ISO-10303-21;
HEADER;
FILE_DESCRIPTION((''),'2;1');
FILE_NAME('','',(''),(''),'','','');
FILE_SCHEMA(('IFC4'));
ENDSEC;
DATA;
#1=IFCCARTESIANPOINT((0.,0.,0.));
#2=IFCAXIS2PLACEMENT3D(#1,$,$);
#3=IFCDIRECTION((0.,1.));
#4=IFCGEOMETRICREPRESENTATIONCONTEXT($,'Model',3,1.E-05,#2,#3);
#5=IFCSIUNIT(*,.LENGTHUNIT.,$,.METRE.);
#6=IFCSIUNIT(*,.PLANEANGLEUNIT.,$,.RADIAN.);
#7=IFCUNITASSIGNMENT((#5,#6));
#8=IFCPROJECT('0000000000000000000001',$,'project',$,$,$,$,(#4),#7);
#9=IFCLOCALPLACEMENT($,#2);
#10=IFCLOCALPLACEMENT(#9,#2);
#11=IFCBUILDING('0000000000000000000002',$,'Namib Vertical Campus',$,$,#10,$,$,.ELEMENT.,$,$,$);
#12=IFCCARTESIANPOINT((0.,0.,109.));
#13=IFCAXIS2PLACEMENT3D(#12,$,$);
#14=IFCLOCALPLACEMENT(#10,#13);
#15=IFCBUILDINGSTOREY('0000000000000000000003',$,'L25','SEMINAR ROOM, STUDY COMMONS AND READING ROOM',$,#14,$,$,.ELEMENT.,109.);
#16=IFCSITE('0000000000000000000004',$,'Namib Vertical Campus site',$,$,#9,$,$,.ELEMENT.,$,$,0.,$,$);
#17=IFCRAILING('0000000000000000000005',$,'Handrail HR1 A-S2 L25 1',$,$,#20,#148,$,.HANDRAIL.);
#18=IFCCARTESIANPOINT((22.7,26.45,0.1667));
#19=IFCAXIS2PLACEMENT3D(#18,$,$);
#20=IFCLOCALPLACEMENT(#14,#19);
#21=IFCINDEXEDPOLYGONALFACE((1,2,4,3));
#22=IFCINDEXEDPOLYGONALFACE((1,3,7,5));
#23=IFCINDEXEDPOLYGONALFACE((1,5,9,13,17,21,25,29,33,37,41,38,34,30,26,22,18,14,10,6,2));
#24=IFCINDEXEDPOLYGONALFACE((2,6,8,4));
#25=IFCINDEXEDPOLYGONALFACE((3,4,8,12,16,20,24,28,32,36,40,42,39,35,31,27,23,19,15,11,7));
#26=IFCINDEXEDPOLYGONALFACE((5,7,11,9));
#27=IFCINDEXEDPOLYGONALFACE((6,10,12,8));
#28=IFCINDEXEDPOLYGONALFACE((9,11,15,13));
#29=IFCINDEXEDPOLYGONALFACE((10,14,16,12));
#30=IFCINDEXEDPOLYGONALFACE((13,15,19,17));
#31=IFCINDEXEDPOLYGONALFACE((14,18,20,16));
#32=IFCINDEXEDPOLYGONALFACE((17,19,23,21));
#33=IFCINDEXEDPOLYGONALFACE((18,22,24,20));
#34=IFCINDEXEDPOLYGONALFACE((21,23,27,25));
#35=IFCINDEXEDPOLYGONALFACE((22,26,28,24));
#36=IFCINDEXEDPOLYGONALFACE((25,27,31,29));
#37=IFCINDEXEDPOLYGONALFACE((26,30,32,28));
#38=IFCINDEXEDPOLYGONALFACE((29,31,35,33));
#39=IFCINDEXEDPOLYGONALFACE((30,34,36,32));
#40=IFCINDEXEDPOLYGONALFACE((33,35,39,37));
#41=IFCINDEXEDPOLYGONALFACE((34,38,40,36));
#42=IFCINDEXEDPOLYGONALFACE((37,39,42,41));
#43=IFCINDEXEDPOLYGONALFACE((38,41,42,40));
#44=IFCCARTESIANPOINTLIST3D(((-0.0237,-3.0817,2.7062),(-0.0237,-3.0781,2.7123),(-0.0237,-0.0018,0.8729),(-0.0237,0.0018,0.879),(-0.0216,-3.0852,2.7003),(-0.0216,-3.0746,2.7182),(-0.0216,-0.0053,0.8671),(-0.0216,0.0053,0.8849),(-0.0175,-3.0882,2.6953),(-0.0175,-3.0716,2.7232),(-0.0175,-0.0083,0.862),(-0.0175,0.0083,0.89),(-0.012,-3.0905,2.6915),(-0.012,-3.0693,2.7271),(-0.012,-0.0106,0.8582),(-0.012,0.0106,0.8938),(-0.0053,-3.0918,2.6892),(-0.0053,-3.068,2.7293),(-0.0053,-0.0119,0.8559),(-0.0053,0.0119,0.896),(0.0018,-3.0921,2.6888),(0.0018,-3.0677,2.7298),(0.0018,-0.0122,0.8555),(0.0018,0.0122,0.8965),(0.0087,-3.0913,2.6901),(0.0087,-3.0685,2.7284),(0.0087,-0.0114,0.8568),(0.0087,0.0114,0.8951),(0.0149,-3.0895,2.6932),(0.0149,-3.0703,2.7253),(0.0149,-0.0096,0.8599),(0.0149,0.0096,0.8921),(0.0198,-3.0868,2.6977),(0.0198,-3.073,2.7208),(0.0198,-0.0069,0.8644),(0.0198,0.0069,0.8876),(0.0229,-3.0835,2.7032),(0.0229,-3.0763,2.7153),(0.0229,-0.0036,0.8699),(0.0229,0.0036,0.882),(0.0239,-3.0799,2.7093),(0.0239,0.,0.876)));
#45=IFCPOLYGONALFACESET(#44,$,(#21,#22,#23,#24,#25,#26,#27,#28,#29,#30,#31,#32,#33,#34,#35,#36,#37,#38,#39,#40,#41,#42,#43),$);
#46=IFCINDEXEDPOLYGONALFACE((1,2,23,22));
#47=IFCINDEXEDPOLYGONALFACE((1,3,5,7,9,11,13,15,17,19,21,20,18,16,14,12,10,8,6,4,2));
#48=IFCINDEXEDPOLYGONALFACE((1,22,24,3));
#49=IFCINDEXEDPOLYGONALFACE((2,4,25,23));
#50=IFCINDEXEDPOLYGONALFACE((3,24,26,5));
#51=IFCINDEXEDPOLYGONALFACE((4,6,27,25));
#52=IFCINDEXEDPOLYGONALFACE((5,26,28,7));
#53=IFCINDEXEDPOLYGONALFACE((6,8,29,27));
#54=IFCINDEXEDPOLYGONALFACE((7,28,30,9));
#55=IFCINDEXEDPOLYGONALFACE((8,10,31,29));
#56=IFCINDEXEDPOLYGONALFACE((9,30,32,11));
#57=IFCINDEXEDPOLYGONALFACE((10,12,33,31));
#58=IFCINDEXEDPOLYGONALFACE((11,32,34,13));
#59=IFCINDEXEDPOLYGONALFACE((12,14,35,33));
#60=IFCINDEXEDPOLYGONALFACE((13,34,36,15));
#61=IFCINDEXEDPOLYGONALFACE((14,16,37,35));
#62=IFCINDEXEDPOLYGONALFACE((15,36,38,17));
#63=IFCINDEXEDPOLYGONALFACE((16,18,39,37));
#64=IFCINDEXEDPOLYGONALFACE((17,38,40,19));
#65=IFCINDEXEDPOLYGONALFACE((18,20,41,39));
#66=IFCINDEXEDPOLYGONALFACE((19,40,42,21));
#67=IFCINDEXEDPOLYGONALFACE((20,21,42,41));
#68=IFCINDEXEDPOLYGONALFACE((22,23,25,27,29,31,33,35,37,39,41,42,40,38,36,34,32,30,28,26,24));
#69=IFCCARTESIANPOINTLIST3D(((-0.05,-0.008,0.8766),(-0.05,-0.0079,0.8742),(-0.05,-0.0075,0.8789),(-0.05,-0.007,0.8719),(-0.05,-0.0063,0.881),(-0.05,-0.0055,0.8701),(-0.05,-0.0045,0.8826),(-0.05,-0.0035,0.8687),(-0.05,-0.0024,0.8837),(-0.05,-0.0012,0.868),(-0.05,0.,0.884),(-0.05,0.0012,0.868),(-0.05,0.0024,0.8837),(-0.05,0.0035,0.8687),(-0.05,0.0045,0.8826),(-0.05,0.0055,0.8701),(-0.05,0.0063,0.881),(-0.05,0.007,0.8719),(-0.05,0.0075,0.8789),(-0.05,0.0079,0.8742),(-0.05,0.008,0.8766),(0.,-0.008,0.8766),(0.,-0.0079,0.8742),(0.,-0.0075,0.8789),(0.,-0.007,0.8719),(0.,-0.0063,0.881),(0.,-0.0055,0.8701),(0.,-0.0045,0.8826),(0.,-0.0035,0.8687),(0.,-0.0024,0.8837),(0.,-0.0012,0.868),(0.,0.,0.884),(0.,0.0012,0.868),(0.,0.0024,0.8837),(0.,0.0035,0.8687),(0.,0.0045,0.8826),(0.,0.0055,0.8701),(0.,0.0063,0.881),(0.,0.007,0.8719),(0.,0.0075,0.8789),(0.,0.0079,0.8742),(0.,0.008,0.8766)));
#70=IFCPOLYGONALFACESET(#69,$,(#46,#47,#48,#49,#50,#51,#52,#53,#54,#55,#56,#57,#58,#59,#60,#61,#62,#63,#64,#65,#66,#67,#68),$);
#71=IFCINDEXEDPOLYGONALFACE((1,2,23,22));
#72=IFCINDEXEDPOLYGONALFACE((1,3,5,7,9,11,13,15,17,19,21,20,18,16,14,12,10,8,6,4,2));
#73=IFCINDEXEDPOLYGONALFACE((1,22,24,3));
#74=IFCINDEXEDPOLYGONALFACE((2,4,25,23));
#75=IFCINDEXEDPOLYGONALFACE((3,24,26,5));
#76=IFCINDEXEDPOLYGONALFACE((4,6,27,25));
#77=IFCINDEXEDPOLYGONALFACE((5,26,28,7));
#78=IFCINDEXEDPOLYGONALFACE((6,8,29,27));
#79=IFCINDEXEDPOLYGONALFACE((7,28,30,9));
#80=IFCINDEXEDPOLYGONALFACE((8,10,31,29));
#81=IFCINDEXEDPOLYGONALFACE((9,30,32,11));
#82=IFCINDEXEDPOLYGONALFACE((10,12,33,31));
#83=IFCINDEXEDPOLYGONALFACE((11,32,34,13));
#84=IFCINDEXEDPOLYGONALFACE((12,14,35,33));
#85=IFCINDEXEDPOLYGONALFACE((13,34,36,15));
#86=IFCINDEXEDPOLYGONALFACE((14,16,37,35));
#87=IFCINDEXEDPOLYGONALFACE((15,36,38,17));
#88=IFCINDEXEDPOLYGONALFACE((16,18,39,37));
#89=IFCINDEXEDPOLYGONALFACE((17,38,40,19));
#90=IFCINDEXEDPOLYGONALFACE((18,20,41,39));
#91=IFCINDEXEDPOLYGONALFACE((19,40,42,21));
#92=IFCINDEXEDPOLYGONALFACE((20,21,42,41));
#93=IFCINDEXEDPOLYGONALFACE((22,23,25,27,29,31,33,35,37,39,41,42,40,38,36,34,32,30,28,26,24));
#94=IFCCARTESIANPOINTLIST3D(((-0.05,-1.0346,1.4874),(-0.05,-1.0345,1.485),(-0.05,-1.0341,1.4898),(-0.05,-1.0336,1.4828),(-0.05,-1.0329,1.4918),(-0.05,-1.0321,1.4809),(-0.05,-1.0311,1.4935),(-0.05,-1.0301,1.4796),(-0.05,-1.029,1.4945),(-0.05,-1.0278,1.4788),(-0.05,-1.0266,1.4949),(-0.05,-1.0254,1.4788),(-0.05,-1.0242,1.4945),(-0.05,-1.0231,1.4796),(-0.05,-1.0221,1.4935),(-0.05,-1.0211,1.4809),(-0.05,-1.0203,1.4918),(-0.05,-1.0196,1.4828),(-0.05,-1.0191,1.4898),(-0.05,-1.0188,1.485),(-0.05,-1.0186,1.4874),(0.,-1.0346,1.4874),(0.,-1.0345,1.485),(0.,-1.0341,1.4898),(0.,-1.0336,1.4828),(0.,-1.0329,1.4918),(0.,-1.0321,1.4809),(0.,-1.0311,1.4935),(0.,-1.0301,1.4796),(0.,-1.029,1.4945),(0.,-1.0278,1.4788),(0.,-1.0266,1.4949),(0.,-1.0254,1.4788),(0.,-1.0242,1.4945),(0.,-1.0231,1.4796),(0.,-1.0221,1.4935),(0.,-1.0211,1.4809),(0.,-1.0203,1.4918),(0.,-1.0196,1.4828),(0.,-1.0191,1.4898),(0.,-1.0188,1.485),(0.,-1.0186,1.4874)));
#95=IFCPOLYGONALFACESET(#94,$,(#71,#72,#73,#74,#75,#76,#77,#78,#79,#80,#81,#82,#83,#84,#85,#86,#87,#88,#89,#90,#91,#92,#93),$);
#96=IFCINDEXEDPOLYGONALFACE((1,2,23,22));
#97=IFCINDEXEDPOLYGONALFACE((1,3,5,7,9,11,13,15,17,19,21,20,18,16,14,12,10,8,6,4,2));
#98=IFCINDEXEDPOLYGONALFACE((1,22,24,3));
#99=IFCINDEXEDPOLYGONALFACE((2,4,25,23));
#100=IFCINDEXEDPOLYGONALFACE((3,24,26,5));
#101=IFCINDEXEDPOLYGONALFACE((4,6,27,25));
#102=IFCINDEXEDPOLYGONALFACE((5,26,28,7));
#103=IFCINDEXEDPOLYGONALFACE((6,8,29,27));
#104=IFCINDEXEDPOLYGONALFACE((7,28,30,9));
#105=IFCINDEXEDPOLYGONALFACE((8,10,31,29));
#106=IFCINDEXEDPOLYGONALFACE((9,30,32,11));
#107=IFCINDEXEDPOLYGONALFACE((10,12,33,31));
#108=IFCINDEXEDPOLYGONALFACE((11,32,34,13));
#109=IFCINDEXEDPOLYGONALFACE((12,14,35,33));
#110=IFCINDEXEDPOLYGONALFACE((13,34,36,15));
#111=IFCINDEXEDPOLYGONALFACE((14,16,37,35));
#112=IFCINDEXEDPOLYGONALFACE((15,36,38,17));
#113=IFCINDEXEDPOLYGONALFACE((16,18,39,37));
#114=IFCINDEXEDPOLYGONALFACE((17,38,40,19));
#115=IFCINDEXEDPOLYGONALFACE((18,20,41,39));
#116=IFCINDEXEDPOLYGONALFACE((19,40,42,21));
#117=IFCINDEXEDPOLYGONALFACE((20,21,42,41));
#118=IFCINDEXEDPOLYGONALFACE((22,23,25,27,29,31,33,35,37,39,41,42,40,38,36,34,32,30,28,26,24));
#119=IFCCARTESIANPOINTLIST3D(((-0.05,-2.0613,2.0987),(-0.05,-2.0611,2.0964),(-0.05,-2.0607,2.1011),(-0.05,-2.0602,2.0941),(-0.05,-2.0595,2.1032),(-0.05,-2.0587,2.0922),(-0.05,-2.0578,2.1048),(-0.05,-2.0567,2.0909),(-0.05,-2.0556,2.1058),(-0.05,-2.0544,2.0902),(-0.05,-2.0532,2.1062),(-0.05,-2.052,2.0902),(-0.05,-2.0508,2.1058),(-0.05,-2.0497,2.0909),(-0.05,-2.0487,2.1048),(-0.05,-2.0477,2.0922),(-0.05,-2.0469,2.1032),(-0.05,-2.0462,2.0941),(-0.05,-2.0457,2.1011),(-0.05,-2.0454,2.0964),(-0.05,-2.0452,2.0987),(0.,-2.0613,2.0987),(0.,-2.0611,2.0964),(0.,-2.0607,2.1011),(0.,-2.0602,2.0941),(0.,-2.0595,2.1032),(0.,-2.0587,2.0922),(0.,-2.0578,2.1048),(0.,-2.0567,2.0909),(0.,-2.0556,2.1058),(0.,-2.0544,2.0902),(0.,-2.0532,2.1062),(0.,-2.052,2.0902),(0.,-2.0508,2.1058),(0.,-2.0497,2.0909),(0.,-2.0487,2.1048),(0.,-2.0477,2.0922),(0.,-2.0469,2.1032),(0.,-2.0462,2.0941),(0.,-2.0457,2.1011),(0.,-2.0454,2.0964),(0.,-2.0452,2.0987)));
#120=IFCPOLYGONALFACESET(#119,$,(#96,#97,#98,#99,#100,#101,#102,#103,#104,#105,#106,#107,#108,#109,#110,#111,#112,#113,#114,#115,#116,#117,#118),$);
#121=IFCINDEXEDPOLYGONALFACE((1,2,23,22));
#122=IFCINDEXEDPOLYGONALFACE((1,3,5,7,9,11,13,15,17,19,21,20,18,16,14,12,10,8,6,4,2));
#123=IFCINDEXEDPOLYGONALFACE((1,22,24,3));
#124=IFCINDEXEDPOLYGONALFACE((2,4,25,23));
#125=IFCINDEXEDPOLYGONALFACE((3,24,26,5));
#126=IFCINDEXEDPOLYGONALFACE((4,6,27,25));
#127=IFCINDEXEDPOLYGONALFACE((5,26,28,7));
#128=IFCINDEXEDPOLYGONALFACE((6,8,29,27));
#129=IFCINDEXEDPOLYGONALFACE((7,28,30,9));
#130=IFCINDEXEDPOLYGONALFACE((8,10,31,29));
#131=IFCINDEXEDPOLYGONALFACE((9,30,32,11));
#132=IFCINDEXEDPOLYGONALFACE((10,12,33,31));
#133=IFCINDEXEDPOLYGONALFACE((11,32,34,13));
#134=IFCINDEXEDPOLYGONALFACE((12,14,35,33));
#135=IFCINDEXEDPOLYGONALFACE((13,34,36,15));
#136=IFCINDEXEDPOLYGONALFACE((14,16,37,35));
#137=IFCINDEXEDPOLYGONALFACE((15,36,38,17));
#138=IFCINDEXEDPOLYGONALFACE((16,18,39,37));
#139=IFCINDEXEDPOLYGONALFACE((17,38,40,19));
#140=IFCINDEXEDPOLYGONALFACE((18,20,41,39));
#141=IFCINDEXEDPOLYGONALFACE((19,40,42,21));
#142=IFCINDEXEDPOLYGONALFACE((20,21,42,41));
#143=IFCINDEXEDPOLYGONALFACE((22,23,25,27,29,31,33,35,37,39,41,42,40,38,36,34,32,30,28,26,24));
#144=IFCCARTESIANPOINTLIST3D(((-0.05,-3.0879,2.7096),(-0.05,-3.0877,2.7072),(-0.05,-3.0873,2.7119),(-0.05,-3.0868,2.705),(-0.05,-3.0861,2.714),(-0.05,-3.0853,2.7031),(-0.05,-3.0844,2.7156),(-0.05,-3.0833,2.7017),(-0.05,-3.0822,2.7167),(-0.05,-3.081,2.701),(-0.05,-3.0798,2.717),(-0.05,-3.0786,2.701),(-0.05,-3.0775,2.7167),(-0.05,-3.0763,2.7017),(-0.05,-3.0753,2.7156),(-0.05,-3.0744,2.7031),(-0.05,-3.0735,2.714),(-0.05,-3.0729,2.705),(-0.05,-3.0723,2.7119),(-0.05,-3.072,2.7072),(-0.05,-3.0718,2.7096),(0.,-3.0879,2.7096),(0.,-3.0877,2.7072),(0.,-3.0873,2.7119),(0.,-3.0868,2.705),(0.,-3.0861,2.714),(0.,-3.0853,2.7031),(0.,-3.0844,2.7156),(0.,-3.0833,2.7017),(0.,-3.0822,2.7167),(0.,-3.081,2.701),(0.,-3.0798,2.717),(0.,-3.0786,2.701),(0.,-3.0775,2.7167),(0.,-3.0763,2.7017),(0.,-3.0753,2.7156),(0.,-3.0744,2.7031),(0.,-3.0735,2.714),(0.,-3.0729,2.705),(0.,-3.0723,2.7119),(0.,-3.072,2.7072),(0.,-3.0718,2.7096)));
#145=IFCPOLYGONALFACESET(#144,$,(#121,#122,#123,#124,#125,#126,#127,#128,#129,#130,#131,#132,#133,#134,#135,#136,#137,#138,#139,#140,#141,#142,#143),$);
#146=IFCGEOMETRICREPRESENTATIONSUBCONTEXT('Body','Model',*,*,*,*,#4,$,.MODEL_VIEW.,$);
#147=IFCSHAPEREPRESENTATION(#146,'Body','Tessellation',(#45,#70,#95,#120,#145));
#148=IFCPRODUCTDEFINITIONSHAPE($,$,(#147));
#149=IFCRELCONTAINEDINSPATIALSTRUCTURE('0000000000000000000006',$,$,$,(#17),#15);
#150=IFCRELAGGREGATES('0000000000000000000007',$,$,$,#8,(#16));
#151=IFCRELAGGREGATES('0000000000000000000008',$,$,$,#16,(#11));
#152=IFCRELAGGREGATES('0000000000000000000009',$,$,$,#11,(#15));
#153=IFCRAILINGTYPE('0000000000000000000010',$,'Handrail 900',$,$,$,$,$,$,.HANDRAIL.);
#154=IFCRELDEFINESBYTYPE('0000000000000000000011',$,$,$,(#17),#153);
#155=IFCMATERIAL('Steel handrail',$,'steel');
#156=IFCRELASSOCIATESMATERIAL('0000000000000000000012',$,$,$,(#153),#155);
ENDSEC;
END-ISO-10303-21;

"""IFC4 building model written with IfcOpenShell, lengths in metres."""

from ifc_helpers import new_model, si_unit, direction, frame, origin, origin_2d, place, context, subcontext, project, spatial, circle, extrude, material, type_object, element, save


model = new_model("IFC4")

# Units and contexts
model_context = context("Model", 3, precision=1e-05, world=origin(), true_north=direction((0.0, 1.0)))
body_context = subcontext(model_context, "Body", "Model", "MODEL_VIEW")
ifc_project = project(units=[si_unit("LENGTHUNIT", "METRE"), si_unit("PLANEANGLEUNIT", "RADIAN")], contexts=[model_context])

# Site, building, storey
site_placement = place(None, origin())
site = spatial("IfcSite", under=ifc_project, at=site_placement, Name="Namib Vertical Campus site", CompositionType="ELEMENT", RefElevation=0.0)
building_placement = place(site_placement, origin())
building = spatial("IfcBuilding", under=site, at=building_placement, Name="Namib Vertical Campus", CompositionType="ELEMENT")
storey_placement = place(building_placement, frame((0.0, 0.0, 109.0)))
storey = spatial("IfcBuildingStorey", under=building, at=storey_placement, Name="L25", Description="SEMINAR ROOM, STUDY COMMONS AND READING ROOM", CompositionType="ELEMENT", Elevation=109.0)

# Railing
ifc_material_1 = material(Name="Steel handrail", Category="steel")
railing_type_1 = type_object("IfcRailingType", Name="Handrail 900", PredefinedType="HANDRAIL", material=ifc_material_1)
railing_1_placement = place(storey_placement, frame((22.7, 26.45, 0.1667)))
element("IfcRailing", 1, at=railing_1_placement, inside=storey, type_object=railing_type_1, Name="Handrail HR1 A-S2 L25 1", PredefinedType="HANDRAIL", context=body_context, shape_type="SweptSolid", body=[
    extrude(circle(Radius=0.0239, at=origin_2d()), frame((0.0, 0.0, 0.876), z_axis=(0.0, -0.859291, 0.511487), x_axis=(1.0, 0.0, 0.0)), (0.0, 0.0, 1.0), 3.5842),
    extrude(circle(Radius=0.0081, at=origin_2d()), frame((0.0, 0.0, 0.876), z_axis=(-1.0, 0.0, 0.0), x_axis=(0.0, 0.0, 1.0)), (0.0, 0.0, 1.0), 0.05),
    extrude(circle(Radius=0.0081, at=origin_2d()), frame((0.0, -1.0266, 1.4868), z_axis=(-1.0, 0.0, 0.0), x_axis=(0.0, 0.0, 1.0)), (0.0, 0.0, 1.0), 0.05),
    extrude(circle(Radius=0.0081, at=origin_2d()), frame((0.0, -2.0532, 2.0981), z_axis=(-1.0, 0.0, 0.0), x_axis=(0.0, 0.0, 1.0)), (0.0, 0.0, 1.0), 0.05),
    extrude(circle(Radius=0.0081, at=origin_2d()), frame((0.0, -3.0798, 2.709), z_axis=(-1.0, 0.0, 0.0), x_axis=(0.0, 0.0, 1.0)), (0.0, 0.0, 1.0), 0.05),
])

save(model, "model.ifc")
